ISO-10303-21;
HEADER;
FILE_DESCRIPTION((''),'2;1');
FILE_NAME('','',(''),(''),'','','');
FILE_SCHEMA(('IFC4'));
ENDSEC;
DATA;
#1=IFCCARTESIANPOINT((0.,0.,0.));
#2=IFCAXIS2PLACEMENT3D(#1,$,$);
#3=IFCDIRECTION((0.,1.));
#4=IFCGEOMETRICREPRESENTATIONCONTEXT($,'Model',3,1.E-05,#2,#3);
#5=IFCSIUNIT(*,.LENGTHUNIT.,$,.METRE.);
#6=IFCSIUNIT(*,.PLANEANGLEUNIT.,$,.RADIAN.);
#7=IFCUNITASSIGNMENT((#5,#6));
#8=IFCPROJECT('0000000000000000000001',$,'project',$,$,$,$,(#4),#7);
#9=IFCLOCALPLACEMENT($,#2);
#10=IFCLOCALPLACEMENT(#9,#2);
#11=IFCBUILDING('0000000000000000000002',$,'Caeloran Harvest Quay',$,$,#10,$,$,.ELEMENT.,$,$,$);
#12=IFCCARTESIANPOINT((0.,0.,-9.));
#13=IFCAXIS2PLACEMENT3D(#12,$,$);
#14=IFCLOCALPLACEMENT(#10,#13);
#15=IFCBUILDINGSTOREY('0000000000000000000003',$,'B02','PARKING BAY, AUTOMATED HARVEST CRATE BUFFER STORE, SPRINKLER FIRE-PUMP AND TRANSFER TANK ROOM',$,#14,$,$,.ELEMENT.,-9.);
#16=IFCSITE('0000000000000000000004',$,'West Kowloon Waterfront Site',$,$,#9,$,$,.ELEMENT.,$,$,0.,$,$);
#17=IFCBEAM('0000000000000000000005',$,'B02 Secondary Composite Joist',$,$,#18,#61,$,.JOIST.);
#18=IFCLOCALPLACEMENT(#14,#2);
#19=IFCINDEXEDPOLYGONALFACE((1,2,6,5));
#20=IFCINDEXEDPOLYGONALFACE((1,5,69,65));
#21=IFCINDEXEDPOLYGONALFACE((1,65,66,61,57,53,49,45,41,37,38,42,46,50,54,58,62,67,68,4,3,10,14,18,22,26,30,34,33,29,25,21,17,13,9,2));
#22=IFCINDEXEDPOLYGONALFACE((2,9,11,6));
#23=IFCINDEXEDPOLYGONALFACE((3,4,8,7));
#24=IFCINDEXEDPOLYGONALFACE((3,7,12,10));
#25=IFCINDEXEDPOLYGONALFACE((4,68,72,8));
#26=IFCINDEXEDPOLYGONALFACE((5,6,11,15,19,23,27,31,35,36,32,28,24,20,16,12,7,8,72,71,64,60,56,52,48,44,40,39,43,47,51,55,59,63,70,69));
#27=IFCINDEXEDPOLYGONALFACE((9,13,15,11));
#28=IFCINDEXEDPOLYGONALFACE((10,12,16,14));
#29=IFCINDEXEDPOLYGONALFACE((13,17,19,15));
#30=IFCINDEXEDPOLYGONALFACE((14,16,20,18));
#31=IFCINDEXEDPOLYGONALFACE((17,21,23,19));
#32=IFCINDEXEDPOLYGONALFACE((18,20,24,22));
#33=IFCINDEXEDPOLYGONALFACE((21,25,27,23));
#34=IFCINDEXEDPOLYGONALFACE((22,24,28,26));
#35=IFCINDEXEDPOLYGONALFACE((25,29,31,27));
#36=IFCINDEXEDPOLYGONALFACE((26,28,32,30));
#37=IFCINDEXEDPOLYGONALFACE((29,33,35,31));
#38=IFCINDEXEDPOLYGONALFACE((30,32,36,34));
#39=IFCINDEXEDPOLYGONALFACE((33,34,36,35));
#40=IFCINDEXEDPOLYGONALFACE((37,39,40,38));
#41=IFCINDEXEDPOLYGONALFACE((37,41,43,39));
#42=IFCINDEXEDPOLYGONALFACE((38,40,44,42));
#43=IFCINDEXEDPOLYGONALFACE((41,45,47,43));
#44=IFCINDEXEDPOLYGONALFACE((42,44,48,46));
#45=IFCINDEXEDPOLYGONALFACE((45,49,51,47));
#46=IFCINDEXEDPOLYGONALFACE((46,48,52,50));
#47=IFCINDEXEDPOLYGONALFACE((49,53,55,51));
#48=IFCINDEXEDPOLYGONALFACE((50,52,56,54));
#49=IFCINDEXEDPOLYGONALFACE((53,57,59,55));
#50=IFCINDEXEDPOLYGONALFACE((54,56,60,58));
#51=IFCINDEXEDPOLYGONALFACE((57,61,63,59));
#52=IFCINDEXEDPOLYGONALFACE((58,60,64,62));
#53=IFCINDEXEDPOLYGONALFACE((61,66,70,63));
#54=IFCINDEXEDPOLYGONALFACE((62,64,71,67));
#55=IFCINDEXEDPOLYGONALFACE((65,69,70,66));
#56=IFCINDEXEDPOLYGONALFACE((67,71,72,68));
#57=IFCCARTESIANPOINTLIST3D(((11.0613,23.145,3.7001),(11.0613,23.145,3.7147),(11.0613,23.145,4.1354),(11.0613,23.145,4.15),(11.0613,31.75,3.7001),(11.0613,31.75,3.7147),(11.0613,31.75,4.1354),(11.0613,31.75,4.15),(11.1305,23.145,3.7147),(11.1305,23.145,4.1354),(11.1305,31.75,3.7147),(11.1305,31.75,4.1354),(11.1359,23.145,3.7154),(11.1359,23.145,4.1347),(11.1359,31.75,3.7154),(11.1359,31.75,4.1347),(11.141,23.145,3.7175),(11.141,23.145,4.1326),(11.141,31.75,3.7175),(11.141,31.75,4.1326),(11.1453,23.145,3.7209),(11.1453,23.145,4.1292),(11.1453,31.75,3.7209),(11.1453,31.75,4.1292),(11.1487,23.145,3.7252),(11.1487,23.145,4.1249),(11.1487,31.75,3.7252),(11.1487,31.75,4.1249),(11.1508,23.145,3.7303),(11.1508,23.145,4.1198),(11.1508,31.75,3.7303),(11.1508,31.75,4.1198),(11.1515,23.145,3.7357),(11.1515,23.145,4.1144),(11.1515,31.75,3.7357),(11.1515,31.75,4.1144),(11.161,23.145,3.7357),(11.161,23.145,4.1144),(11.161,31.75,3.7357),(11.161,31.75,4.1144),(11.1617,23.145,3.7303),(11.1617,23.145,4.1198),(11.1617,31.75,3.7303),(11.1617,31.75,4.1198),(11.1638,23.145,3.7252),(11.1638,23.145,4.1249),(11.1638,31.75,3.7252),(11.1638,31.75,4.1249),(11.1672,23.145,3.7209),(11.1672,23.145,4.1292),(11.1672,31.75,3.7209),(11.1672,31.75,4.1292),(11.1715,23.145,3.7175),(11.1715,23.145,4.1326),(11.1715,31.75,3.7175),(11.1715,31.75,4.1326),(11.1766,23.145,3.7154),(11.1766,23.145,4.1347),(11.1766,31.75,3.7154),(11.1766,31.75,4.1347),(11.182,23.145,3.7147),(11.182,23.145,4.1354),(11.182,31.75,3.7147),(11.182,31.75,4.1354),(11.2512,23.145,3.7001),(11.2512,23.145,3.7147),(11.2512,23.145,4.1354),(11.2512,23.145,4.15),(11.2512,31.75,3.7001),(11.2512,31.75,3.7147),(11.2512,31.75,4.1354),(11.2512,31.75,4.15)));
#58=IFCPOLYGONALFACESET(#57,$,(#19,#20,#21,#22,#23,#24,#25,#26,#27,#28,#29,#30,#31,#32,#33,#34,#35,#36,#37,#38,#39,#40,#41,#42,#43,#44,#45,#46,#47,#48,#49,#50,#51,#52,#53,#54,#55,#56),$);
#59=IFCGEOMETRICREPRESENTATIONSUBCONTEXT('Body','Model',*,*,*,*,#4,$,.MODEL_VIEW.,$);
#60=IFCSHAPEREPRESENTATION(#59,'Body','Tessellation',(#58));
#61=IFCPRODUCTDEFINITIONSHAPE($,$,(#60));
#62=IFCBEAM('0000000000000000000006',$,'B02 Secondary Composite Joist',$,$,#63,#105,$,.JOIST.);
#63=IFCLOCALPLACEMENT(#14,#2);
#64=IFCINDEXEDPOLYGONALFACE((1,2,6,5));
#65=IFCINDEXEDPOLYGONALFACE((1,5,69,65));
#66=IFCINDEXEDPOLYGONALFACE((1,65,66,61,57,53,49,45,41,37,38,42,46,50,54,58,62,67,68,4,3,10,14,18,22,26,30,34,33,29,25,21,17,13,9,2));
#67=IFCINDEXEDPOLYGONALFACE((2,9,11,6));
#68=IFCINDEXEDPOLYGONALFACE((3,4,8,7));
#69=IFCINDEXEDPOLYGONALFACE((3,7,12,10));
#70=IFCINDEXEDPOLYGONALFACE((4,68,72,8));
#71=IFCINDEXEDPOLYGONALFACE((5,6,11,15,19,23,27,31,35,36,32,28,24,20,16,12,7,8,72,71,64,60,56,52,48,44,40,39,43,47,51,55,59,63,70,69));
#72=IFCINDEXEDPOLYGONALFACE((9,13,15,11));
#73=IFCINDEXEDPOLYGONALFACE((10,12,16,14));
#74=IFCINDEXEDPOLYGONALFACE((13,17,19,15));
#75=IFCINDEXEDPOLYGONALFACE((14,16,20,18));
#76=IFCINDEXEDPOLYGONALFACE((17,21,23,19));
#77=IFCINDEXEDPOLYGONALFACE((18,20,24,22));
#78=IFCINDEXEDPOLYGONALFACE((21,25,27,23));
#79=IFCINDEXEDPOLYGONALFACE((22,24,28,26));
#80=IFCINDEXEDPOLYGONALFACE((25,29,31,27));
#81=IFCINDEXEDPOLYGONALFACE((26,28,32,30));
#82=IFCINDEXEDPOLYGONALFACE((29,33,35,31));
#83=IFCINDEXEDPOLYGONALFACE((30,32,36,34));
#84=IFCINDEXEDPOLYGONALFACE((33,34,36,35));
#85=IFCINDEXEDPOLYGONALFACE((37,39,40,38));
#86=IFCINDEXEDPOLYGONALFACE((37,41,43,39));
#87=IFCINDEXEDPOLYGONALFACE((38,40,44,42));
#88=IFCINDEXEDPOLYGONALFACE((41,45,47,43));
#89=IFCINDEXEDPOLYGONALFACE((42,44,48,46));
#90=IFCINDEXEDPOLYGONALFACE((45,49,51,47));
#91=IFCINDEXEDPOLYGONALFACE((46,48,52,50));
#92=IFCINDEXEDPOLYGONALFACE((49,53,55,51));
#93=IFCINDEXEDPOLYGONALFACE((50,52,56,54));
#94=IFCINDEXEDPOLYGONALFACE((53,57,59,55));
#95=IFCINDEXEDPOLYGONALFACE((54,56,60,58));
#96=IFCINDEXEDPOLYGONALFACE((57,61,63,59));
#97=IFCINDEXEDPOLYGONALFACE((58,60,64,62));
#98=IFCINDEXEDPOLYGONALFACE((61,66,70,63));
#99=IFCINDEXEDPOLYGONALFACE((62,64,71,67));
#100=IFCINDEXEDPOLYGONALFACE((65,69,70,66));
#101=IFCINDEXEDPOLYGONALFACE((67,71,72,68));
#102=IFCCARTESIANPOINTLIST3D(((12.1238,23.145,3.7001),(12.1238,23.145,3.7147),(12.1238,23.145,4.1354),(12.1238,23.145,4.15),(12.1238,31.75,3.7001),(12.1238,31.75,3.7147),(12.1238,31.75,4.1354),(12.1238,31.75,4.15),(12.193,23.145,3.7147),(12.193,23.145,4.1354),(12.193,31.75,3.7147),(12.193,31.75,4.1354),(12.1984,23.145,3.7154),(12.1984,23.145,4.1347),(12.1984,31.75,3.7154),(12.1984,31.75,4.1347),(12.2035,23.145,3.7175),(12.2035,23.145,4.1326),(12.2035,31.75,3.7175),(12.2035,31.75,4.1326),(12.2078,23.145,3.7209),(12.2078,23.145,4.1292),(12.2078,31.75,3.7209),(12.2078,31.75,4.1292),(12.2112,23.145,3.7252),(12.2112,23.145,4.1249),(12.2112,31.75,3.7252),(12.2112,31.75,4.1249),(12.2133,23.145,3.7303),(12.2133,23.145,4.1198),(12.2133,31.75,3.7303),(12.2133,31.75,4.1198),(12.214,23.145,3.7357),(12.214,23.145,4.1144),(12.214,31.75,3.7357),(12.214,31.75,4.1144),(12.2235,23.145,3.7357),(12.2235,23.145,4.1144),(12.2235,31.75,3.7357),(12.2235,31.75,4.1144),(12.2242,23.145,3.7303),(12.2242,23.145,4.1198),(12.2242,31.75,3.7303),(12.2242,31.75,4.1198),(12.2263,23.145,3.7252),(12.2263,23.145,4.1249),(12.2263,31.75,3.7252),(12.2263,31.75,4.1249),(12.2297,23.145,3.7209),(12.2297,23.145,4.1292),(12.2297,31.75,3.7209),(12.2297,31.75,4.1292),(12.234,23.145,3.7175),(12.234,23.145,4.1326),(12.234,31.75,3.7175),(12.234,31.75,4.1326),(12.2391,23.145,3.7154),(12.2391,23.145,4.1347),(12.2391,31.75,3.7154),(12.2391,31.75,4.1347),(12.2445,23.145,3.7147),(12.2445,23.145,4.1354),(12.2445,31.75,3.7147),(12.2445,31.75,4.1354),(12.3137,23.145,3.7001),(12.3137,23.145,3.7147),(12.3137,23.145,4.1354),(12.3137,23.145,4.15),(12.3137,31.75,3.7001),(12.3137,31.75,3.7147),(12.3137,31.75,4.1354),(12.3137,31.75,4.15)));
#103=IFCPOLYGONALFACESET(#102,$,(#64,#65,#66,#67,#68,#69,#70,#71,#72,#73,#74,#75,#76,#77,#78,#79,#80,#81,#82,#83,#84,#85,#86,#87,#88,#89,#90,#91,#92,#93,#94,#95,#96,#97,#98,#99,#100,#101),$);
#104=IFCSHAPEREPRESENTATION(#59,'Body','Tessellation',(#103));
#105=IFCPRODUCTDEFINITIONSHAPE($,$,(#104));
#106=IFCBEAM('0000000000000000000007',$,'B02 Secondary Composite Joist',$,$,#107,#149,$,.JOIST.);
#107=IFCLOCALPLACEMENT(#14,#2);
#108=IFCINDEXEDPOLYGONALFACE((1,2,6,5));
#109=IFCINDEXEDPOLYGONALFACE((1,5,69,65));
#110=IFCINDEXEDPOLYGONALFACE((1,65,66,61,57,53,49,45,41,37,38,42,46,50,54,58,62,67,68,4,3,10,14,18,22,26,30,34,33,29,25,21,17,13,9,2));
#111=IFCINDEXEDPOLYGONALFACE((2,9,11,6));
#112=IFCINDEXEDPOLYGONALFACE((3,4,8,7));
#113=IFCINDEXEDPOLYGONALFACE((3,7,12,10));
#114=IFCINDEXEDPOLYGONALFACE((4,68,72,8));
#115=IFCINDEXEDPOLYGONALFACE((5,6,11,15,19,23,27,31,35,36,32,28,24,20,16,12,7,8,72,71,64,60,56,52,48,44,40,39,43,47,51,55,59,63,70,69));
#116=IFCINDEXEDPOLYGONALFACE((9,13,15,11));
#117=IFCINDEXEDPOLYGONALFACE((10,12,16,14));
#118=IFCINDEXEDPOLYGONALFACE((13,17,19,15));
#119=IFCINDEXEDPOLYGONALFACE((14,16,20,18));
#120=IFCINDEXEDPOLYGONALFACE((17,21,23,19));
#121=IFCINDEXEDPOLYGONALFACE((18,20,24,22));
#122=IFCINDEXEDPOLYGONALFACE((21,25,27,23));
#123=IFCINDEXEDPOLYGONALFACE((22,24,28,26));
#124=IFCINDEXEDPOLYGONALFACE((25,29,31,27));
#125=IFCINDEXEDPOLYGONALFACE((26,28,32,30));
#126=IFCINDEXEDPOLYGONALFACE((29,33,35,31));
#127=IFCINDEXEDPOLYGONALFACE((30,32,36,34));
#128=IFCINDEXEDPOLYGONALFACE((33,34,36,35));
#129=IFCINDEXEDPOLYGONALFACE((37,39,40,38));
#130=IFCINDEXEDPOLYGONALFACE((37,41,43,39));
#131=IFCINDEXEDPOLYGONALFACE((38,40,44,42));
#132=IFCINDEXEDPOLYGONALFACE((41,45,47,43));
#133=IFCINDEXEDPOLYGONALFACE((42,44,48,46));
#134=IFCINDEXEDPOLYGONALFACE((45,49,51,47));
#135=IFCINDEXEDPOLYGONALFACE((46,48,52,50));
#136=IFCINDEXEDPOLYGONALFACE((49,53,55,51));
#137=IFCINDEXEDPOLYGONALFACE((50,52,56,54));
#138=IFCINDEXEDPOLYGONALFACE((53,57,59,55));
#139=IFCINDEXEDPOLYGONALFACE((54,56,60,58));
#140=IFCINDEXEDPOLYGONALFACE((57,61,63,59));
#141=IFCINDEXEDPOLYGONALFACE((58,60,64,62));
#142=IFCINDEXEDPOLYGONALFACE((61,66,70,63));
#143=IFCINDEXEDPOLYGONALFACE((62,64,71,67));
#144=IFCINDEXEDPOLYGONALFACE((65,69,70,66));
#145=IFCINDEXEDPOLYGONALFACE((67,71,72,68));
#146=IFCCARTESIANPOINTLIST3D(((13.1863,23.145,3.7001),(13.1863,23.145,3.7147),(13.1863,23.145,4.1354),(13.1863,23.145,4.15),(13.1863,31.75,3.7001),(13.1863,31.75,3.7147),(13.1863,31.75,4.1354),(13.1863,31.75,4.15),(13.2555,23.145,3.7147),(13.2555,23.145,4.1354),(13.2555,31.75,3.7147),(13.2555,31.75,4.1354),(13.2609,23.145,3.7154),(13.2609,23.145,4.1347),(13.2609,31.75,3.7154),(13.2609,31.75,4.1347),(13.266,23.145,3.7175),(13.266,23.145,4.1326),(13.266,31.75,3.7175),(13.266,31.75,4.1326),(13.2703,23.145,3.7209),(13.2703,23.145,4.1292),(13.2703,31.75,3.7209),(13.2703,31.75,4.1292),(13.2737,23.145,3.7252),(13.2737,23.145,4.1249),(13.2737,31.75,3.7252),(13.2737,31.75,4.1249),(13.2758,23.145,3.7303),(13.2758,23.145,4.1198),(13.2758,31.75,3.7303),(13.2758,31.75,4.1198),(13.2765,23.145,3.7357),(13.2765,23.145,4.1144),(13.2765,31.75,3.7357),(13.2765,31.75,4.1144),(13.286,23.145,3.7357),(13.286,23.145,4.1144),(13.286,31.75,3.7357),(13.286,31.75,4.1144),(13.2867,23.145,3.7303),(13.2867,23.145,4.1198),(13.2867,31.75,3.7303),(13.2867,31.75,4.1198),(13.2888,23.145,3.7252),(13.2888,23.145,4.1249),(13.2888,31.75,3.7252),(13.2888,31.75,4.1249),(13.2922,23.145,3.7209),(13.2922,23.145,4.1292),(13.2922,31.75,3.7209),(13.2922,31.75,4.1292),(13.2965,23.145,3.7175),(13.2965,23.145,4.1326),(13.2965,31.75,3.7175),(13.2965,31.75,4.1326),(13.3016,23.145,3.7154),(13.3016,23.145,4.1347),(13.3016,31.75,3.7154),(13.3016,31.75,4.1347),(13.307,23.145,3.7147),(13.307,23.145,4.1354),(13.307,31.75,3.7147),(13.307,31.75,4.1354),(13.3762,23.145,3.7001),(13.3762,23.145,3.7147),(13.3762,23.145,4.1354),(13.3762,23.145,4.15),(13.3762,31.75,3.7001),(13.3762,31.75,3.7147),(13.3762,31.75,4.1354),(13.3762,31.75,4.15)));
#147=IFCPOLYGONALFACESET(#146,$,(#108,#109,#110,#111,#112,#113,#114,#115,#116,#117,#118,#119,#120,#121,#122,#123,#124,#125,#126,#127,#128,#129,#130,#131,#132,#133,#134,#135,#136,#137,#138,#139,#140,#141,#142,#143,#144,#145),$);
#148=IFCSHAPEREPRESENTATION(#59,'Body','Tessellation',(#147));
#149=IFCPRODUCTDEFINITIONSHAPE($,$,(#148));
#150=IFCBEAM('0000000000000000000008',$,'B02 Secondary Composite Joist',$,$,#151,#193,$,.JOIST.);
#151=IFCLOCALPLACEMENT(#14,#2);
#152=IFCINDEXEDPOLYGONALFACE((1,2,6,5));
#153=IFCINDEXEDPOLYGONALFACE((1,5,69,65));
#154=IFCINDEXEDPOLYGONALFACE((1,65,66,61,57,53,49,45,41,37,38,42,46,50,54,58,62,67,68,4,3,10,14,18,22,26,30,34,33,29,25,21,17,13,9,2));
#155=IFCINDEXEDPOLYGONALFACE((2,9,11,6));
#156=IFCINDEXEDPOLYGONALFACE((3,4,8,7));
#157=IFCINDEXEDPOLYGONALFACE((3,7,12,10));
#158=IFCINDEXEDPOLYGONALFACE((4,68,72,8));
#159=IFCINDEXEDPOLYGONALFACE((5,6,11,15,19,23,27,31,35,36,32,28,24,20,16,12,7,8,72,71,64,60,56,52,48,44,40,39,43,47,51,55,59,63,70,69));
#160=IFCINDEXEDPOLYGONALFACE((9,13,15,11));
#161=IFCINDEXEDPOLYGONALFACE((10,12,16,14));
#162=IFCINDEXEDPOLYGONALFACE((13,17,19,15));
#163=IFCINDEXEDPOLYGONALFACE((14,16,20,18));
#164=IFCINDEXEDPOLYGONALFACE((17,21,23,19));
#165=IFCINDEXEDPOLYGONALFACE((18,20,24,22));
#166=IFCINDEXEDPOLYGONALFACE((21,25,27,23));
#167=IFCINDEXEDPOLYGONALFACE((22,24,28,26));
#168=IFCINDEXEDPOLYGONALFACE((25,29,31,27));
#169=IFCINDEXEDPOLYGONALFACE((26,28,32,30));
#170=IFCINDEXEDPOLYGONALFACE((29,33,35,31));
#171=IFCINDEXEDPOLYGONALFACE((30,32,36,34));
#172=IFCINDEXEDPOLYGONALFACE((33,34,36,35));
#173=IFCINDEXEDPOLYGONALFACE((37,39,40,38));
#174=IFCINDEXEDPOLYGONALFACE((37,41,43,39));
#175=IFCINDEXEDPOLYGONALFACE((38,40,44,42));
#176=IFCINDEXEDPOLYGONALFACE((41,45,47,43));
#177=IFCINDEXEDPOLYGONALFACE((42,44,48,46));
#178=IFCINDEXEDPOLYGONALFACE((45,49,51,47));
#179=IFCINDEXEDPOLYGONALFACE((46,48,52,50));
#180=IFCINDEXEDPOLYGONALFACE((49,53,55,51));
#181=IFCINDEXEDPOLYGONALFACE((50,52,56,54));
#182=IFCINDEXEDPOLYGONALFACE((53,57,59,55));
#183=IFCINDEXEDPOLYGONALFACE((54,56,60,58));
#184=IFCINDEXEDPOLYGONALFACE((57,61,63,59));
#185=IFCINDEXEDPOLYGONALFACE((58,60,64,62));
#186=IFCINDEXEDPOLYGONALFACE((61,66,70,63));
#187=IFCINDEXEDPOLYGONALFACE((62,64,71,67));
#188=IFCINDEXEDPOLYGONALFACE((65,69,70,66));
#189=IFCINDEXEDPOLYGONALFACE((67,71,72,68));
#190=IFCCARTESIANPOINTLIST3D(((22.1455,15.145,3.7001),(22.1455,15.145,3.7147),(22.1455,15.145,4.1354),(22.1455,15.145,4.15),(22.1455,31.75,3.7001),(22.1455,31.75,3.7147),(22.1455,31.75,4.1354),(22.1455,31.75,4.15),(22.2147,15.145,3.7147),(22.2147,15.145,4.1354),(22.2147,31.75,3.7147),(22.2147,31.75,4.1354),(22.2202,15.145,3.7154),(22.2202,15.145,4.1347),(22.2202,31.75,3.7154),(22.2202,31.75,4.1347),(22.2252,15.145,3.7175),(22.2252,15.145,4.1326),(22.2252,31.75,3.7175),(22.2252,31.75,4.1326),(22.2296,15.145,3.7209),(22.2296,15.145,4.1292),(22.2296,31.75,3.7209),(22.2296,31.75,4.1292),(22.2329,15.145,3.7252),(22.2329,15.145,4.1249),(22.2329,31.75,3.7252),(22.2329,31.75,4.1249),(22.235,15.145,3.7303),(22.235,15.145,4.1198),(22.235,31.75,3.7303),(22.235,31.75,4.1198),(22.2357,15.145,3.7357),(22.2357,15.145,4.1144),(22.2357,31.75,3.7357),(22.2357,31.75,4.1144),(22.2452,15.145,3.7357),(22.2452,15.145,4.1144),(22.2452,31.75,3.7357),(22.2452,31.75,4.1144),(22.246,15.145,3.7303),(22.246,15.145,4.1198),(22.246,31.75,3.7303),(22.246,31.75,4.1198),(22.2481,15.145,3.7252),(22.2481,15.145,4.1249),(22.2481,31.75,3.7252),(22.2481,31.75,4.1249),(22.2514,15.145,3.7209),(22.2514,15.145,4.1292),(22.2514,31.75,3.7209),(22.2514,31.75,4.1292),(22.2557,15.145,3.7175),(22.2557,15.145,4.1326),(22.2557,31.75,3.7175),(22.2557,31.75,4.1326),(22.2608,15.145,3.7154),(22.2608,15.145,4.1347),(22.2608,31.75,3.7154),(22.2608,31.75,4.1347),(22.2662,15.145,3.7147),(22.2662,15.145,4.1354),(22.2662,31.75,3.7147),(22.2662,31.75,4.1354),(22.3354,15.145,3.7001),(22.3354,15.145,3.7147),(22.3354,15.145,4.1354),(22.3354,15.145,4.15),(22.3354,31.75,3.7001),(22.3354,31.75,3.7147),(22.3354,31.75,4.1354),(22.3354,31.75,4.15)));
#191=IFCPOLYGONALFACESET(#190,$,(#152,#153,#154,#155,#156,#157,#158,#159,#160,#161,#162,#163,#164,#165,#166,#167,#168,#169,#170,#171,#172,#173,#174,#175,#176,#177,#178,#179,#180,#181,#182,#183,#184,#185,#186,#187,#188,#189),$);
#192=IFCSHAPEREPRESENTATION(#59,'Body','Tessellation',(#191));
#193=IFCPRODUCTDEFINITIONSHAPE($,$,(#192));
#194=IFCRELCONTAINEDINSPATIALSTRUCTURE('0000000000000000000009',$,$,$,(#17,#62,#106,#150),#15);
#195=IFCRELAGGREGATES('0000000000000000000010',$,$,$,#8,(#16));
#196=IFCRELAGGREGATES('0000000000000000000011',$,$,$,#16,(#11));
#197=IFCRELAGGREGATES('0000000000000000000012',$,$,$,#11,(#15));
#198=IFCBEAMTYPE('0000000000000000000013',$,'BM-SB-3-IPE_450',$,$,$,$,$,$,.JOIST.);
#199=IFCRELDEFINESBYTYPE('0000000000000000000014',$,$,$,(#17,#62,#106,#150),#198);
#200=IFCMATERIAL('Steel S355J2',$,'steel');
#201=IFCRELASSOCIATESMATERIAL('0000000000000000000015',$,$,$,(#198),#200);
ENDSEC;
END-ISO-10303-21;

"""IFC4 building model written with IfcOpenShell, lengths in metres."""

from ifc_helpers import new_model, si_unit, direction, frame, origin, origin_2d, place, context, subcontext, project, spatial, i_section, extrude, material, material_profile, profile_set, type_object, element, save


model = new_model("IFC4")

# Units and contexts
model_context = context("Model", 3, precision=1e-05, world=origin(), true_north=direction((0.0, 1.0)))
body_context = subcontext(model_context, "Body", "Model", "MODEL_VIEW")
ifc_project = project(units=[si_unit("LENGTHUNIT", "METRE"), si_unit("PLANEANGLEUNIT", "RADIAN")], contexts=[model_context])

# Site, building, storey
site_placement = place(None, origin())
site = spatial("IfcSite", under=ifc_project, at=site_placement, Name="West Kowloon Waterfront Site", CompositionType="ELEMENT", RefElevation=0.0)
building_placement = place(site_placement, origin())
building = spatial("IfcBuilding", under=site, at=building_placement, Name="Caeloran Harvest Quay", CompositionType="ELEMENT")
storey_placement = place(building_placement, frame((0.0, 0.0, -9.0)))
storey = spatial("IfcBuildingStorey", under=building, at=storey_placement, Name="B02", Description="PARKING BAY, AUTOMATED HARVEST CRATE BUFFER STORE, SPRINKLER FIRE-PUMP AND TRANSFER TANK ROOM", CompositionType="ELEMENT", Elevation=-9.0)

# Beams
ifc_material_1 = material(Name="Steel S355J2", Category="steel")
ifc_material_profile_1 = material_profile(ifc_material_1, i_section(OverallWidth=0.1899, OverallDepth=0.45, WebThickness=0.0095, FlangeThickness=0.0146, FilletRadius=0.021, at=origin_2d()), Name="IPE 450")
ifc_profile_set_1 = profile_set([ifc_material_profile_1], Name="Steel S355J2")
beam_type_1 = type_object("IfcBeamType", Name="BM-SB-3-IPE_450", PredefinedType="JOIST", material=ifc_profile_set_1)
for number, where, z_axis, x_axis, name in (
    (1, (11.1562, 23.145, 3.925), (0.0, 1.0, 0.0), (-1.0, 0.0, 0.0), "B02 Secondary Composite Joist"),
    (2, (12.2188, 23.145, 3.925), (0.0, 1.0, 0.0), (-1.0, 0.0, 0.0), "B02 Secondary Composite Joist"),
    (3, (13.2812, 23.145, 3.925), (0.0, 1.0, 0.0), (-1.0, 0.0, 0.0), "B02 Secondary Composite Joist"),
):
    element("IfcBeam", number, at=place(storey_placement, frame(where, z_axis=z_axis, x_axis=x_axis)), inside=storey, type_object=beam_type_1, Name=name, PredefinedType="JOIST", context=body_context, shape_type="SweptSolid", body=[
        extrude(i_section(OverallWidth=0.1899, OverallDepth=0.45, WebThickness=0.0095, FlangeThickness=0.0146, FilletRadius=0.021, at=origin_2d()), origin(), (0.0, 0.0, 1.0), 8.605),
    ])
for number, where, z_axis, x_axis, name in (
    (4, (22.2405, 15.145, 3.925), (0.0, 1.0, 0.0), (-1.0, 0.0, 0.0), "B02 Secondary Composite Joist"),
):
    element("IfcBeam", number, at=place(storey_placement, frame(where, z_axis=z_axis, x_axis=x_axis)), inside=storey, type_object=beam_type_1, Name=name, PredefinedType="JOIST", context=body_context, shape_type="SweptSolid", body=[
        extrude(i_section(OverallWidth=0.1899, OverallDepth=0.45, WebThickness=0.0095, FlangeThickness=0.0146, FilletRadius=0.021, at=origin_2d()), origin(), (0.0, 0.0, 1.0), 16.605),
    ])

save(model, "model.ifc")
